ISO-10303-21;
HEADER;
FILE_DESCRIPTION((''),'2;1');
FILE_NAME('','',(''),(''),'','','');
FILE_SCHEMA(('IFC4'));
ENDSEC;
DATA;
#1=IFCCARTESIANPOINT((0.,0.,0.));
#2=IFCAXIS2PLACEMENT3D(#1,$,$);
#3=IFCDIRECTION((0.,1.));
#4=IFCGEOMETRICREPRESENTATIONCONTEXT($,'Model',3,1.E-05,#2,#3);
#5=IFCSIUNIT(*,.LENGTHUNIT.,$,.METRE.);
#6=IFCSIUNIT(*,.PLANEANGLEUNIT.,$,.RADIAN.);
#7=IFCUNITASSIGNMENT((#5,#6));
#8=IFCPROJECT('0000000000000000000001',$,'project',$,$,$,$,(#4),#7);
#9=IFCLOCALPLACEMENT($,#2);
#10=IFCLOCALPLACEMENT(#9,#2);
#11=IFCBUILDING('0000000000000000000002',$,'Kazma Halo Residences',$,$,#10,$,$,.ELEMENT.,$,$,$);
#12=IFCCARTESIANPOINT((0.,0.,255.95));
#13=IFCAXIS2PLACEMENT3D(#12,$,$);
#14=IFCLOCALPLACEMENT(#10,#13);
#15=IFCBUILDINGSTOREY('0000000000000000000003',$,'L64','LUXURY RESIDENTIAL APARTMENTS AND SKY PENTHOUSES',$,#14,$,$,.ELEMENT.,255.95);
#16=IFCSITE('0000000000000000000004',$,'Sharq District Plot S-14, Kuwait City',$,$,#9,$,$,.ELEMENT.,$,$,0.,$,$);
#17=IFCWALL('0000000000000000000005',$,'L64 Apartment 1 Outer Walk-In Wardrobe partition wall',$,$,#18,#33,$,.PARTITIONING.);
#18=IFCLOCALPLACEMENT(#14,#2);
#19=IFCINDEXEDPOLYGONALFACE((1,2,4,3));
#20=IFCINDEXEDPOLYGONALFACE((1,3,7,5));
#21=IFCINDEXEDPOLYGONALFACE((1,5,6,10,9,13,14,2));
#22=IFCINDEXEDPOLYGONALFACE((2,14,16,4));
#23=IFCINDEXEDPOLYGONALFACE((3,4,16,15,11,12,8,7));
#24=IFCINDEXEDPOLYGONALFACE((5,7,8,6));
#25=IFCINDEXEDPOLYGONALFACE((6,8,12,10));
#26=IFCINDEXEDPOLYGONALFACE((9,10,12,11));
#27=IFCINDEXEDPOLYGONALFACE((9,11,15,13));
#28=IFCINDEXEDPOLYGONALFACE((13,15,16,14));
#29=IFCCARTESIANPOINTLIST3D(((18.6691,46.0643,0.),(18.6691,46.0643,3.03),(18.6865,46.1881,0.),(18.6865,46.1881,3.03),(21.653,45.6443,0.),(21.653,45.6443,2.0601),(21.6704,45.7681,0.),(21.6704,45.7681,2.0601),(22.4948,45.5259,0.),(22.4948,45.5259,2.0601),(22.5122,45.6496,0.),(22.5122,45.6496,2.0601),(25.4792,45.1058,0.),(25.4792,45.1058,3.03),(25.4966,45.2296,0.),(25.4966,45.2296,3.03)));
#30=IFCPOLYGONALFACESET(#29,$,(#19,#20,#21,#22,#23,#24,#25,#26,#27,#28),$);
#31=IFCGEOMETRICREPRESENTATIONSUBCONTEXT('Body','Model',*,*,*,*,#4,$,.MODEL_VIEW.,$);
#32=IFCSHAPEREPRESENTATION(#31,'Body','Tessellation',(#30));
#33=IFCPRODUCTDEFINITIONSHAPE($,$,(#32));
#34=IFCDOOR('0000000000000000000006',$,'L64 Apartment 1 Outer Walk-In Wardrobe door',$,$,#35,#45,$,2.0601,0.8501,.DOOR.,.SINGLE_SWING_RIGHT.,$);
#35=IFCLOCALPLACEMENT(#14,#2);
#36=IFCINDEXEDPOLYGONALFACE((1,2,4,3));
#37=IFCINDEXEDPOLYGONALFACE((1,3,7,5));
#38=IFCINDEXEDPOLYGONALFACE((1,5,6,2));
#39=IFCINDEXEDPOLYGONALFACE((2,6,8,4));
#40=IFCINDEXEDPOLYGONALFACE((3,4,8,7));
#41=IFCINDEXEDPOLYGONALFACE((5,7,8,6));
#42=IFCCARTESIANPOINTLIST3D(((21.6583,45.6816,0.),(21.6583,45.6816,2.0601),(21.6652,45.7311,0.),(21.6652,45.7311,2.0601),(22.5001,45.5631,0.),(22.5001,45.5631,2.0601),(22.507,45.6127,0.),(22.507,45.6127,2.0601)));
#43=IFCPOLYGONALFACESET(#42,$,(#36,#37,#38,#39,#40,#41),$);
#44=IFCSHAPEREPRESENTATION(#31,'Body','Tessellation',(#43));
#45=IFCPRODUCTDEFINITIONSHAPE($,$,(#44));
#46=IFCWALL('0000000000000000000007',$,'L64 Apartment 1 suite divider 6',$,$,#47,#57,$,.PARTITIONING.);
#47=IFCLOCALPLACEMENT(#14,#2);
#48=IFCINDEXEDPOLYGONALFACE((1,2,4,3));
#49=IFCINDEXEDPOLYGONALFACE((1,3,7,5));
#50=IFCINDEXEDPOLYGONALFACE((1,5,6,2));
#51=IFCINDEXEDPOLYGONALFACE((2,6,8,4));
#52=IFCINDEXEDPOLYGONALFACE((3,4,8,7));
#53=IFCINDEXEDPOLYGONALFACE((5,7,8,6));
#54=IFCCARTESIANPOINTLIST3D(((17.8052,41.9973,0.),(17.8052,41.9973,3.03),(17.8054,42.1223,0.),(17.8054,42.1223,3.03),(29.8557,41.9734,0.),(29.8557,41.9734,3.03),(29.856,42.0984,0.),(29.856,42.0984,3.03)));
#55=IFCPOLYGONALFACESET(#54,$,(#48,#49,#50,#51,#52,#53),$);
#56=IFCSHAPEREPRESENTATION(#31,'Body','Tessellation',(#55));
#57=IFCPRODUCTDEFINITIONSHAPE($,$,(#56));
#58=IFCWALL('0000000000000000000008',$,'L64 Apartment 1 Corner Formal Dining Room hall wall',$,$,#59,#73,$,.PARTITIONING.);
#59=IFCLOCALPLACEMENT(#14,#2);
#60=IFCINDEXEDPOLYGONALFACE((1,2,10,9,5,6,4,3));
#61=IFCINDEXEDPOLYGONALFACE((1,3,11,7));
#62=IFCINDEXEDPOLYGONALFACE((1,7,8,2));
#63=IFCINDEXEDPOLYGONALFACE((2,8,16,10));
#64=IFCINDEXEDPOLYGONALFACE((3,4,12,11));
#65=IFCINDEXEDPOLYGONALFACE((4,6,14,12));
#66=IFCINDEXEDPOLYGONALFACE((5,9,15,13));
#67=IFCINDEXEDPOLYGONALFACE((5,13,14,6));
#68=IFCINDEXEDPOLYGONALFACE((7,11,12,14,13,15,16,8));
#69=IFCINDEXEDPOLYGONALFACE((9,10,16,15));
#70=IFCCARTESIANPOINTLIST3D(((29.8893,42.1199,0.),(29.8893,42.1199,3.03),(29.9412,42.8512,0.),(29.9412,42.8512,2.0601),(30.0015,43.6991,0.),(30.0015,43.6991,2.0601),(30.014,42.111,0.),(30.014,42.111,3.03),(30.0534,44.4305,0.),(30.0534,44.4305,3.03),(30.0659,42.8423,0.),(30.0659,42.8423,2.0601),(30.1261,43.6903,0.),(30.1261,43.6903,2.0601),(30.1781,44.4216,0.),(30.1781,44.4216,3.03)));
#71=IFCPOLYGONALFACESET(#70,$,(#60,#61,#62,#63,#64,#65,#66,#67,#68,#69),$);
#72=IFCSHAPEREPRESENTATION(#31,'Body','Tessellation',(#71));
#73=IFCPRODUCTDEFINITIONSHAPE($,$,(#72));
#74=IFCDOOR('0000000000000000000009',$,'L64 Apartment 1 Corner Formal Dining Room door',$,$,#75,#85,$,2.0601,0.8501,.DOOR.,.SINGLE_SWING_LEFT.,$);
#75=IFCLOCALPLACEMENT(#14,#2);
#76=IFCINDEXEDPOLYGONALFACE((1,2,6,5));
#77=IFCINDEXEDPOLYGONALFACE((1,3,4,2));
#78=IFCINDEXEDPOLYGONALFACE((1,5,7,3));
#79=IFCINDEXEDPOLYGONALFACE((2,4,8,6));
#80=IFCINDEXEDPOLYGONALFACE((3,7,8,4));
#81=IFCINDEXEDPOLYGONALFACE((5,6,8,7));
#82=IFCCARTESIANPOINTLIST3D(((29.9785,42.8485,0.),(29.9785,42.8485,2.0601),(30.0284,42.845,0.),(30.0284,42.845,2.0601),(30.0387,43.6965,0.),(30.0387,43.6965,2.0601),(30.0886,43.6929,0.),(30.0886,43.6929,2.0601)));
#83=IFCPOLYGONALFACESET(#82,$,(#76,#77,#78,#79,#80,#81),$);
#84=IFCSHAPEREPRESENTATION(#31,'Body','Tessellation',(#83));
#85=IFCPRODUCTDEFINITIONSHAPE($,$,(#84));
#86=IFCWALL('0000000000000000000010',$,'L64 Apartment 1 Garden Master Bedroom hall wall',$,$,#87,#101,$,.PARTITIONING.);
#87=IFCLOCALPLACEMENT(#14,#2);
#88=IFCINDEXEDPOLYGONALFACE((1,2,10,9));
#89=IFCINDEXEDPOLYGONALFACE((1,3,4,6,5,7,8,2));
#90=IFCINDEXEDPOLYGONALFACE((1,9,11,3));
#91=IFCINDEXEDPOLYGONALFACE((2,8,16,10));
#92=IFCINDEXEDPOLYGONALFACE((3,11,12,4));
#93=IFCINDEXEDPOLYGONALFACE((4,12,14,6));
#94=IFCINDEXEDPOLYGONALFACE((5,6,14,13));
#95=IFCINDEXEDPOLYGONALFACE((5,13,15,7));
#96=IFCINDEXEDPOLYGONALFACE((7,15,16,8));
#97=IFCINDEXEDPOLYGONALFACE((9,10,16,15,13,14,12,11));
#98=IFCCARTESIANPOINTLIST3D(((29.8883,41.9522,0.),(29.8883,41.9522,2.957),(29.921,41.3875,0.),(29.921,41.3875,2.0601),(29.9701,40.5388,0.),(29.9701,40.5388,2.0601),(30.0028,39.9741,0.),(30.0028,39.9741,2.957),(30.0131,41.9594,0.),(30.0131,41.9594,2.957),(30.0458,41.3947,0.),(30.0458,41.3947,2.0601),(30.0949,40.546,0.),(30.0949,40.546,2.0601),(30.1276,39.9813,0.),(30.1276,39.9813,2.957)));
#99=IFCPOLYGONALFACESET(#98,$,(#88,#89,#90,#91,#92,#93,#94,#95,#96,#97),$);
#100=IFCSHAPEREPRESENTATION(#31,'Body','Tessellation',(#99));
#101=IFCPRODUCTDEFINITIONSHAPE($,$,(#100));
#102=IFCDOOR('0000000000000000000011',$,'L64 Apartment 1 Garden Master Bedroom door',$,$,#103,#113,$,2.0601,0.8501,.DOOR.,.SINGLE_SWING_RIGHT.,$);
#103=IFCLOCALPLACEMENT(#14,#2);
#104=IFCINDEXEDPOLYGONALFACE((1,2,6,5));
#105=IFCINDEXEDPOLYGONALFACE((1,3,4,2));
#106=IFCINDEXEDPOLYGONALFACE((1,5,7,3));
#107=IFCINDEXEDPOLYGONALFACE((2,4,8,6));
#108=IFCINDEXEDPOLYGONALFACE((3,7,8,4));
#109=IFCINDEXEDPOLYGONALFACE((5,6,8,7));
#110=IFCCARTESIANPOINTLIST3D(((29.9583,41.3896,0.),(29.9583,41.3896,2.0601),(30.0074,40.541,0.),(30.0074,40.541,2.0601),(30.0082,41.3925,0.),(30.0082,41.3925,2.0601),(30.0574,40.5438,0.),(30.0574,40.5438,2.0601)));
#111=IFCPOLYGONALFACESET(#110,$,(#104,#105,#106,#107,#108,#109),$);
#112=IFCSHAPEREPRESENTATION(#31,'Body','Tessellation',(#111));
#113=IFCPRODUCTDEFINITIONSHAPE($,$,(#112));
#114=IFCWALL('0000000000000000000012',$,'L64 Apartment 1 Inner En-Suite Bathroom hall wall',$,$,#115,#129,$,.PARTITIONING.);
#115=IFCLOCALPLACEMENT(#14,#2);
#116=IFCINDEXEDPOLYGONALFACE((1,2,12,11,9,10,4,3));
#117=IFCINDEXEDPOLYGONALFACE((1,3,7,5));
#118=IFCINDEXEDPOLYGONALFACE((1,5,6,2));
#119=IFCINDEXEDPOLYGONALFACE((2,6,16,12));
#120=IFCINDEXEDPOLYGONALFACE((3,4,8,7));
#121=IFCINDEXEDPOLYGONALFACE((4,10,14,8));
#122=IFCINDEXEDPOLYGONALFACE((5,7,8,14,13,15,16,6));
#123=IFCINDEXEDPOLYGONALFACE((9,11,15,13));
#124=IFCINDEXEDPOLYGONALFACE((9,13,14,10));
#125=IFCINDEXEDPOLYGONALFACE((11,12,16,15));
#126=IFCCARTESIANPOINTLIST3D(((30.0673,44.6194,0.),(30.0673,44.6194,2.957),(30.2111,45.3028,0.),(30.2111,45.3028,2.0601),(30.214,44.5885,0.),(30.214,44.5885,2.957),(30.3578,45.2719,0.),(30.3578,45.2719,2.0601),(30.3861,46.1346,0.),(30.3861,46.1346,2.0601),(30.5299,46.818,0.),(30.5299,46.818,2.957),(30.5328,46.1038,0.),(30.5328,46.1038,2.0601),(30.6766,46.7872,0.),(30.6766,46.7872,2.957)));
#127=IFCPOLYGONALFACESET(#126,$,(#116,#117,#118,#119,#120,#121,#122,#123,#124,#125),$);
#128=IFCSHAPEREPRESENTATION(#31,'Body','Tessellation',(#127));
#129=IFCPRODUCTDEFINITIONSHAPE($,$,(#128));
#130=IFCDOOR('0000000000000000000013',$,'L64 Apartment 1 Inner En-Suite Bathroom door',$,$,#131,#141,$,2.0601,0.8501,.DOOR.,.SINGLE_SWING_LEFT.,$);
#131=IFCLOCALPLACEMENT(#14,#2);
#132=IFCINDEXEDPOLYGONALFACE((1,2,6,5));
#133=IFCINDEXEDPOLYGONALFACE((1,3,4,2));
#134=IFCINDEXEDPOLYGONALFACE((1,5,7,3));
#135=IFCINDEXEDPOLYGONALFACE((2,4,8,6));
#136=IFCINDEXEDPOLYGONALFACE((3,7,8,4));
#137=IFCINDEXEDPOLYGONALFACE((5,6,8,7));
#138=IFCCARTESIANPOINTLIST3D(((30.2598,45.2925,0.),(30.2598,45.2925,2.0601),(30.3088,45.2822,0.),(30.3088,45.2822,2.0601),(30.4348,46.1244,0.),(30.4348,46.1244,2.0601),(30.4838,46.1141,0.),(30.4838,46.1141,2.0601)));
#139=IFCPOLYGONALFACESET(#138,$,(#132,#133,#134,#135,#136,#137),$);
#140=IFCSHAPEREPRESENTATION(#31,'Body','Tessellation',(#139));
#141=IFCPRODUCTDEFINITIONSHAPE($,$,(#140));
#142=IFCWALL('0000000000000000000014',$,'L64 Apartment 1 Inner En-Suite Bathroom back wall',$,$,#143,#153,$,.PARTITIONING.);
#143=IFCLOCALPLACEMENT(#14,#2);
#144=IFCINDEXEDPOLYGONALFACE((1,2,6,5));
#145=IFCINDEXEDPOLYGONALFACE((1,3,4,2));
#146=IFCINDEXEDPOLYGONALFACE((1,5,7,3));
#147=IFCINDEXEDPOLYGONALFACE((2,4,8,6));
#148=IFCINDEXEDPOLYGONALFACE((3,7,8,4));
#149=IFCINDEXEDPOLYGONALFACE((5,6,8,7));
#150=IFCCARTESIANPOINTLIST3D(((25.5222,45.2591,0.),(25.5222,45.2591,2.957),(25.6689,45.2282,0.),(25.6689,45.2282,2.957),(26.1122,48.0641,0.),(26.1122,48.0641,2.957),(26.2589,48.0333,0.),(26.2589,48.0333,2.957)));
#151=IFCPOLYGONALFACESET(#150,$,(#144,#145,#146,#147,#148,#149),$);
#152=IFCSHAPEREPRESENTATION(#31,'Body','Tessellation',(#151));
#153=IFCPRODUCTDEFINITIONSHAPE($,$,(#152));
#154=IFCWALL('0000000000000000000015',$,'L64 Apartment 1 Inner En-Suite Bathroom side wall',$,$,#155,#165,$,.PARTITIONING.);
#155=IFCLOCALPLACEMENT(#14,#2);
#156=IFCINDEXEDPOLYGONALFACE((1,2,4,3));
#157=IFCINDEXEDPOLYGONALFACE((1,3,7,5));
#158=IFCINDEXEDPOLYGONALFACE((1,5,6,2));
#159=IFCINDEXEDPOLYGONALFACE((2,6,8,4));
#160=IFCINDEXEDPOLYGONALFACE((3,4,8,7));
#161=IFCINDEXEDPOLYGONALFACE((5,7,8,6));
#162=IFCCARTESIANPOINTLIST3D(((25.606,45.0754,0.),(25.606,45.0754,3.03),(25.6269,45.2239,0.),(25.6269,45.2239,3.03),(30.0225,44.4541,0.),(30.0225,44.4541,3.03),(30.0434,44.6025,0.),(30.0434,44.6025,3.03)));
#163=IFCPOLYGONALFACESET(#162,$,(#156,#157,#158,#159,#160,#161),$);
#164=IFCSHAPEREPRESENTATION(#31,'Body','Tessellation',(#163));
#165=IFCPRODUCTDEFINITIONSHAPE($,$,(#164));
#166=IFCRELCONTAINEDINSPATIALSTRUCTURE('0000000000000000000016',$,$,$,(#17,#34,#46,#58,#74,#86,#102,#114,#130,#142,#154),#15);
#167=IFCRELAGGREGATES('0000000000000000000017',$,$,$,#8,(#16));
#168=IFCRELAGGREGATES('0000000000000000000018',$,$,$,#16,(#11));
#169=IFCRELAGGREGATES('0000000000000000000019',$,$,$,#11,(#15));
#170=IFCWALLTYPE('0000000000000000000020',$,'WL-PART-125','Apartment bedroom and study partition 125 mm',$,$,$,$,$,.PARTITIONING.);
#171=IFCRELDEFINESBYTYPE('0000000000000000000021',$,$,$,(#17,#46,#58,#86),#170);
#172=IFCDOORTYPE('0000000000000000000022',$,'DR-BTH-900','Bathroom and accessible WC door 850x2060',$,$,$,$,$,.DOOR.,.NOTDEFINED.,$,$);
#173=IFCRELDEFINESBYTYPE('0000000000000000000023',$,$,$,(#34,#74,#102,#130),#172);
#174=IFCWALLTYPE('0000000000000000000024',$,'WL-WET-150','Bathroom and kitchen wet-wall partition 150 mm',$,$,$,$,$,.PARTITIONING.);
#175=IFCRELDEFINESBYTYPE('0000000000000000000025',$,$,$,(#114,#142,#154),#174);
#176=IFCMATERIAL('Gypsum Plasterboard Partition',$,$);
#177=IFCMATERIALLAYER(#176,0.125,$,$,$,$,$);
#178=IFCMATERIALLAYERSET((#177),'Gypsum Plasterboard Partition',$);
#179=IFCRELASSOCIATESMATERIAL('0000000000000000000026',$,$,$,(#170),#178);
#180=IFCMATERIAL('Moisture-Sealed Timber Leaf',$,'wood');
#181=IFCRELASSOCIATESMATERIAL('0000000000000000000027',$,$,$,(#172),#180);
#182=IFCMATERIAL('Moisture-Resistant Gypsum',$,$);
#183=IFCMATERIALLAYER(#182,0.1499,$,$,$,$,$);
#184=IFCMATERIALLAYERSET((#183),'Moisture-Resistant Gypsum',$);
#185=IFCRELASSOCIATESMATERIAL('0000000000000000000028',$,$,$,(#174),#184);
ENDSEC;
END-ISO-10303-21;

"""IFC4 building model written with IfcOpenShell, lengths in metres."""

from ifc_helpers import new_model, si_unit, direction, frame, frame_2d, origin, place, context, subcontext, project, spatial, rectangle, extrude, material, layer, layer_set, type_object, element, fill, save


model = new_model("IFC4")

# Units and contexts
model_context = context("Model", 3, precision=1e-05, world=origin(), true_north=direction((0.0, 1.0)))
body_context = subcontext(model_context, "Body", "Model", "MODEL_VIEW")
ifc_project = project(units=[si_unit("LENGTHUNIT", "METRE"), si_unit("PLANEANGLEUNIT", "RADIAN")], contexts=[model_context])

# Site, building, storey
site_placement = place(None, origin())
site = spatial("IfcSite", under=ifc_project, at=site_placement, Name="Sharq District Plot S-14, Kuwait City", CompositionType="ELEMENT", RefElevation=0.0)
building_placement = place(site_placement, origin())
building = spatial("IfcBuilding", under=site, at=building_placement, Name="Kazma Halo Residences", CompositionType="ELEMENT")
storey_placement = place(building_placement, frame((0.0, 0.0, 255.95)))
storey = spatial("IfcBuildingStorey", under=building, at=storey_placement, Name="L64", Description="LUXURY RESIDENTIAL APARTMENTS AND SKY PENTHOUSES", CompositionType="ELEMENT", Elevation=255.95)

# Shared definitions
ifc_material_1 = material(Name="Gypsum Plasterboard Partition")
ifc_layer_1 = layer(ifc_material_1, 0.125)
ifc_layer_set_1 = layer_set([ifc_layer_1], Name="Gypsum Plasterboard Partition")
wall_type_1 = type_object("IfcWallType", Name="WL-PART-125", Description="Apartment bedroom and study partition 125 mm", PredefinedType="PARTITIONING", material=ifc_layer_set_1)

# Wall, opening, door
wall_1_placement = place(storey_placement, frame((25.4878, 45.1677, 0.0), z_axis=(0.0, 0.0, 1.0), x_axis=(-0.99024, 0.139373, 0.0)))
wall_1 = element("IfcWall", 1, at=wall_1_placement, inside=storey, type_object=wall_type_1, Name="L64 Apartment 1 Outer Walk-In Wardrobe partition wall", PredefinedType="PARTITIONING", context=body_context, shape_type="SweptSolid", body=[
    extrude(rectangle(XDim=6.8772, YDim=0.125, at=frame_2d((3.4385, 0.0))), origin(), (0.0, 0.0, 1.0), 3.03),
])
opening_1_placement = place(wall_1_placement, frame((3.0137, 0.0, 0.0)))
opening_1 = element("IfcOpeningElement", 2, at=opening_1_placement, cuts=wall_1, PredefinedType="OPENING", context=body_context, shape_type="SweptSolid", body=[
    extrude(rectangle(XDim=0.8501, YDim=2.0601, at=frame_2d((0.425, 1.03))), frame((0.0, 0.0725, 0.0), z_axis=(0.0, -1.0, 0.0), x_axis=(1.0, 0.0, 0.0)), (0.0, 0.0, 1.0), 0.145),
])
ifc_material_2 = material(Name="Moisture-Sealed Timber Leaf", Category="wood")
door_type = type_object("IfcDoorType", Name="DR-BTH-900", Description="Bathroom and accessible WC door 850x2060", OperationType="NOTDEFINED", PredefinedType="DOOR", material=ifc_material_2)
door_1_placement = place(opening_1_placement, origin())
door_1 = element("IfcDoor", 3, at=door_1_placement, inside=storey, type_object=door_type, Name="L64 Apartment 1 Outer Walk-In Wardrobe door", OperationType="SINGLE_SWING_RIGHT", OverallHeight=2.0601, OverallWidth=0.8501, PredefinedType="DOOR", context=body_context, shape_type="SweptSolid", body=[
    extrude(rectangle(XDim=0.8501, YDim=2.0601, at=frame_2d((0.425, 1.03))), frame((0.0, 0.0249, 0.0), z_axis=(0.0, -1.0, 0.0), x_axis=(1.0, 0.0, 0.0)), (0.0, 0.0, 1.0), 0.05),
])
fill(opening_1, door_1)

# Wall
wall_2_placement = place(storey_placement, frame((29.856, 42.0359, 0.0), z_axis=(0.0, 0.0, 1.0), x_axis=(-0.999998, 0.001985, 0.0)))
element("IfcWall", 4, at=wall_2_placement, inside=storey, type_object=wall_type_1, Name="L64 Apartment 1 suite divider 6", PredefinedType="PARTITIONING", context=body_context, shape_type="SweptSolid", body=[
    extrude(rectangle(XDim=12.0505, YDim=0.125, at=frame_2d((6.0254, 0.0))), origin(), (0.0, 0.0, 1.0), 3.03),
])

# Walls, openings, doors
wall_3_placement = place(storey_placement, frame((30.1157, 44.426, 0.0), z_axis=(0.0, 0.0, 1.0), x_axis=(-0.070828, -0.997489, 0.0)))
wall_3 = element("IfcWall", 5, at=wall_3_placement, inside=storey, type_object=wall_type_1, Name="L64 Apartment 1 Corner Formal Dining Room hall wall", PredefinedType="PARTITIONING", context=body_context, shape_type="SweptSolid", body=[
    extrude(rectangle(XDim=2.3164, YDim=0.125, at=frame_2d((1.1582, 0.0))), origin(), (0.0, 0.0, 1.0), 3.03),
])
opening_2_placement = place(wall_3_placement, frame((0.7332, 0.0, 0.0)))
opening_2 = element("IfcOpeningElement", 6, at=opening_2_placement, cuts=wall_3, PredefinedType="OPENING", context=body_context, shape_type="SweptSolid", body=[
    extrude(rectangle(XDim=0.8501, YDim=2.0601, at=frame_2d((0.425, 1.03))), frame((0.0, 0.0725, 0.0), z_axis=(0.0, -1.0, 0.0), x_axis=(1.0, 0.0, 0.0)), (0.0, 0.0, 1.0), 0.145),
])
door_2_placement = place(opening_2_placement, origin())
door_2 = element("IfcDoor", 7, at=door_2_placement, inside=storey, type_object=door_type, Name="L64 Apartment 1 Corner Formal Dining Room door", OperationType="SINGLE_SWING_LEFT", OverallHeight=2.0601, OverallWidth=0.8501, PredefinedType="DOOR", context=body_context, shape_type="SweptSolid", body=[
    extrude(rectangle(XDim=0.8501, YDim=2.0601, at=frame_2d((0.425, 1.03))), frame((0.0, 0.0249, 0.0), z_axis=(0.0, -1.0, 0.0), x_axis=(1.0, 0.0, 0.0)), (0.0, 0.0, 1.0), 0.05),
])
fill(opening_2, door_2)
wall_4_placement = place(storey_placement, frame((29.9507, 41.9558, 0.0), z_axis=(0.0, 0.0, 1.0), x_axis=(0.05779, -0.998329, 0.0)))
wall_4 = element("IfcWall", 8, at=wall_4_placement, inside=storey, type_object=wall_type_1, Name="L64 Apartment 1 Garden Master Bedroom hall wall", PredefinedType="PARTITIONING", context=body_context, shape_type="SweptSolid", body=[
    extrude(rectangle(XDim=1.9814, YDim=0.125, at=frame_2d((0.9907, 0.0))), origin(), (0.0, 0.0, 1.0), 2.957),
])
opening_3_placement = place(wall_4_placement, frame((0.5657, 0.0, 0.0)))
opening_3 = element("IfcOpeningElement", 9, at=opening_3_placement, cuts=wall_4, PredefinedType="OPENING", context=body_context, shape_type="SweptSolid", body=[
    extrude(rectangle(XDim=0.8501, YDim=2.0601, at=frame_2d((0.425, 1.03))), frame((0.0, 0.0725, 0.0), z_axis=(0.0, -1.0, 0.0), x_axis=(1.0, 0.0, 0.0)), (0.0, 0.0, 1.0), 0.145),
])
door_3_placement = place(opening_3_placement, origin())
door_3 = element("IfcDoor", 10, at=door_3_placement, inside=storey, type_object=door_type, Name="L64 Apartment 1 Garden Master Bedroom door", OperationType="SINGLE_SWING_RIGHT", OverallHeight=2.0601, OverallWidth=0.8501, PredefinedType="DOOR", context=body_context, shape_type="SweptSolid", body=[
    extrude(rectangle(XDim=0.8501, YDim=2.0601, at=frame_2d((0.425, 1.03))), frame((0.0, 0.0249, 0.0), z_axis=(0.0, -1.0, 0.0), x_axis=(1.0, 0.0, 0.0)), (0.0, 0.0, 1.0), 0.05),
])
fill(opening_3, door_3)
ifc_material_3 = material(Name="Moisture-Resistant Gypsum")
ifc_layer_2 = layer(ifc_material_3, 0.1499)
ifc_layer_set_2 = layer_set([ifc_layer_2], Name="Moisture-Resistant Gypsum")
wall_type_2 = type_object("IfcWallType", Name="WL-WET-150", Description="Bathroom and kitchen wet-wall partition 150 mm", PredefinedType="PARTITIONING", material=ifc_layer_set_2)
wall_5_placement = place(storey_placement, frame((30.6033, 46.8027, 0.0), z_axis=(0.0, 0.0, 1.0), x_axis=(-0.205906, -0.978572, 0.0)))
wall_5 = element("IfcWall", 11, at=wall_5_placement, inside=storey, type_object=wall_type_2, Name="L64 Apartment 1 Inner En-Suite Bathroom hall wall", PredefinedType="PARTITIONING", context=body_context, shape_type="SweptSolid", body=[
    extrude(rectangle(XDim=2.2468, YDim=0.1499, at=frame_2d((1.1235, 0.0))), origin(), (0.0, 0.0, 1.0), 2.957),
])
opening_4_placement = place(wall_5_placement, frame((0.6985, 0.0, 0.0)))
opening_4 = element("IfcOpeningElement", 12, at=opening_4_placement, cuts=wall_5, PredefinedType="OPENING", context=body_context, shape_type="SweptSolid", body=[
    extrude(rectangle(XDim=0.8501, YDim=2.0601, at=frame_2d((0.425, 1.03))), frame((0.0, 0.085, 0.0), z_axis=(0.0, -1.0, 0.0), x_axis=(1.0, 0.0, 0.0)), (0.0, 0.0, 1.0), 0.1699),
])
door_4_placement = place(opening_4_placement, origin())
door_4 = element("IfcDoor", 13, at=door_4_placement, inside=storey, type_object=door_type, Name="L64 Apartment 1 Inner En-Suite Bathroom door", OperationType="SINGLE_SWING_LEFT", OverallHeight=2.0601, OverallWidth=0.8501, PredefinedType="DOOR", context=body_context, shape_type="SweptSolid", body=[
    extrude(rectangle(XDim=0.8501, YDim=2.0601, at=frame_2d((0.425, 1.03))), frame((0.0, 0.0249, 0.0), z_axis=(0.0, -1.0, 0.0), x_axis=(1.0, 0.0, 0.0)), (0.0, 0.0, 1.0), 0.05),
])
fill(opening_4, door_4)

# Walls
wall_6_placement = place(storey_placement, frame((26.1855, 48.0486, 0.0), z_axis=(0.0, 0.0, 1.0), x_axis=(-0.205852, -0.978583, 0.0)))
element("IfcWall", 14, at=wall_6_placement, inside=storey, type_object=wall_type_2, Name="L64 Apartment 1 Inner En-Suite Bathroom back wall", PredefinedType="PARTITIONING", context=body_context, shape_type="SweptSolid", body=[
    extrude(rectangle(XDim=2.8665, YDim=0.1499, at=frame_2d((1.4331, 0.0))), origin(), (0.0, 0.0, 1.0), 2.957),
])
wall_7_placement = place(storey_placement, frame((30.033, 44.5283, 0.0), z_axis=(0.0, 0.0, 1.0), x_axis=(-0.990248, 0.139314, 0.0)))
element("IfcWall", 15, at=wall_7_placement, inside=storey, type_object=wall_type_2, Name="L64 Apartment 1 Inner En-Suite Bathroom side wall", PredefinedType="PARTITIONING", context=body_context, shape_type="SweptSolid", body=[
    extrude(rectangle(XDim=4.46, YDim=0.1499, at=frame_2d((2.23, 0.0))), origin(), (0.0, 0.0, 1.0), 3.03),
])

save(model, "model.ifc")
